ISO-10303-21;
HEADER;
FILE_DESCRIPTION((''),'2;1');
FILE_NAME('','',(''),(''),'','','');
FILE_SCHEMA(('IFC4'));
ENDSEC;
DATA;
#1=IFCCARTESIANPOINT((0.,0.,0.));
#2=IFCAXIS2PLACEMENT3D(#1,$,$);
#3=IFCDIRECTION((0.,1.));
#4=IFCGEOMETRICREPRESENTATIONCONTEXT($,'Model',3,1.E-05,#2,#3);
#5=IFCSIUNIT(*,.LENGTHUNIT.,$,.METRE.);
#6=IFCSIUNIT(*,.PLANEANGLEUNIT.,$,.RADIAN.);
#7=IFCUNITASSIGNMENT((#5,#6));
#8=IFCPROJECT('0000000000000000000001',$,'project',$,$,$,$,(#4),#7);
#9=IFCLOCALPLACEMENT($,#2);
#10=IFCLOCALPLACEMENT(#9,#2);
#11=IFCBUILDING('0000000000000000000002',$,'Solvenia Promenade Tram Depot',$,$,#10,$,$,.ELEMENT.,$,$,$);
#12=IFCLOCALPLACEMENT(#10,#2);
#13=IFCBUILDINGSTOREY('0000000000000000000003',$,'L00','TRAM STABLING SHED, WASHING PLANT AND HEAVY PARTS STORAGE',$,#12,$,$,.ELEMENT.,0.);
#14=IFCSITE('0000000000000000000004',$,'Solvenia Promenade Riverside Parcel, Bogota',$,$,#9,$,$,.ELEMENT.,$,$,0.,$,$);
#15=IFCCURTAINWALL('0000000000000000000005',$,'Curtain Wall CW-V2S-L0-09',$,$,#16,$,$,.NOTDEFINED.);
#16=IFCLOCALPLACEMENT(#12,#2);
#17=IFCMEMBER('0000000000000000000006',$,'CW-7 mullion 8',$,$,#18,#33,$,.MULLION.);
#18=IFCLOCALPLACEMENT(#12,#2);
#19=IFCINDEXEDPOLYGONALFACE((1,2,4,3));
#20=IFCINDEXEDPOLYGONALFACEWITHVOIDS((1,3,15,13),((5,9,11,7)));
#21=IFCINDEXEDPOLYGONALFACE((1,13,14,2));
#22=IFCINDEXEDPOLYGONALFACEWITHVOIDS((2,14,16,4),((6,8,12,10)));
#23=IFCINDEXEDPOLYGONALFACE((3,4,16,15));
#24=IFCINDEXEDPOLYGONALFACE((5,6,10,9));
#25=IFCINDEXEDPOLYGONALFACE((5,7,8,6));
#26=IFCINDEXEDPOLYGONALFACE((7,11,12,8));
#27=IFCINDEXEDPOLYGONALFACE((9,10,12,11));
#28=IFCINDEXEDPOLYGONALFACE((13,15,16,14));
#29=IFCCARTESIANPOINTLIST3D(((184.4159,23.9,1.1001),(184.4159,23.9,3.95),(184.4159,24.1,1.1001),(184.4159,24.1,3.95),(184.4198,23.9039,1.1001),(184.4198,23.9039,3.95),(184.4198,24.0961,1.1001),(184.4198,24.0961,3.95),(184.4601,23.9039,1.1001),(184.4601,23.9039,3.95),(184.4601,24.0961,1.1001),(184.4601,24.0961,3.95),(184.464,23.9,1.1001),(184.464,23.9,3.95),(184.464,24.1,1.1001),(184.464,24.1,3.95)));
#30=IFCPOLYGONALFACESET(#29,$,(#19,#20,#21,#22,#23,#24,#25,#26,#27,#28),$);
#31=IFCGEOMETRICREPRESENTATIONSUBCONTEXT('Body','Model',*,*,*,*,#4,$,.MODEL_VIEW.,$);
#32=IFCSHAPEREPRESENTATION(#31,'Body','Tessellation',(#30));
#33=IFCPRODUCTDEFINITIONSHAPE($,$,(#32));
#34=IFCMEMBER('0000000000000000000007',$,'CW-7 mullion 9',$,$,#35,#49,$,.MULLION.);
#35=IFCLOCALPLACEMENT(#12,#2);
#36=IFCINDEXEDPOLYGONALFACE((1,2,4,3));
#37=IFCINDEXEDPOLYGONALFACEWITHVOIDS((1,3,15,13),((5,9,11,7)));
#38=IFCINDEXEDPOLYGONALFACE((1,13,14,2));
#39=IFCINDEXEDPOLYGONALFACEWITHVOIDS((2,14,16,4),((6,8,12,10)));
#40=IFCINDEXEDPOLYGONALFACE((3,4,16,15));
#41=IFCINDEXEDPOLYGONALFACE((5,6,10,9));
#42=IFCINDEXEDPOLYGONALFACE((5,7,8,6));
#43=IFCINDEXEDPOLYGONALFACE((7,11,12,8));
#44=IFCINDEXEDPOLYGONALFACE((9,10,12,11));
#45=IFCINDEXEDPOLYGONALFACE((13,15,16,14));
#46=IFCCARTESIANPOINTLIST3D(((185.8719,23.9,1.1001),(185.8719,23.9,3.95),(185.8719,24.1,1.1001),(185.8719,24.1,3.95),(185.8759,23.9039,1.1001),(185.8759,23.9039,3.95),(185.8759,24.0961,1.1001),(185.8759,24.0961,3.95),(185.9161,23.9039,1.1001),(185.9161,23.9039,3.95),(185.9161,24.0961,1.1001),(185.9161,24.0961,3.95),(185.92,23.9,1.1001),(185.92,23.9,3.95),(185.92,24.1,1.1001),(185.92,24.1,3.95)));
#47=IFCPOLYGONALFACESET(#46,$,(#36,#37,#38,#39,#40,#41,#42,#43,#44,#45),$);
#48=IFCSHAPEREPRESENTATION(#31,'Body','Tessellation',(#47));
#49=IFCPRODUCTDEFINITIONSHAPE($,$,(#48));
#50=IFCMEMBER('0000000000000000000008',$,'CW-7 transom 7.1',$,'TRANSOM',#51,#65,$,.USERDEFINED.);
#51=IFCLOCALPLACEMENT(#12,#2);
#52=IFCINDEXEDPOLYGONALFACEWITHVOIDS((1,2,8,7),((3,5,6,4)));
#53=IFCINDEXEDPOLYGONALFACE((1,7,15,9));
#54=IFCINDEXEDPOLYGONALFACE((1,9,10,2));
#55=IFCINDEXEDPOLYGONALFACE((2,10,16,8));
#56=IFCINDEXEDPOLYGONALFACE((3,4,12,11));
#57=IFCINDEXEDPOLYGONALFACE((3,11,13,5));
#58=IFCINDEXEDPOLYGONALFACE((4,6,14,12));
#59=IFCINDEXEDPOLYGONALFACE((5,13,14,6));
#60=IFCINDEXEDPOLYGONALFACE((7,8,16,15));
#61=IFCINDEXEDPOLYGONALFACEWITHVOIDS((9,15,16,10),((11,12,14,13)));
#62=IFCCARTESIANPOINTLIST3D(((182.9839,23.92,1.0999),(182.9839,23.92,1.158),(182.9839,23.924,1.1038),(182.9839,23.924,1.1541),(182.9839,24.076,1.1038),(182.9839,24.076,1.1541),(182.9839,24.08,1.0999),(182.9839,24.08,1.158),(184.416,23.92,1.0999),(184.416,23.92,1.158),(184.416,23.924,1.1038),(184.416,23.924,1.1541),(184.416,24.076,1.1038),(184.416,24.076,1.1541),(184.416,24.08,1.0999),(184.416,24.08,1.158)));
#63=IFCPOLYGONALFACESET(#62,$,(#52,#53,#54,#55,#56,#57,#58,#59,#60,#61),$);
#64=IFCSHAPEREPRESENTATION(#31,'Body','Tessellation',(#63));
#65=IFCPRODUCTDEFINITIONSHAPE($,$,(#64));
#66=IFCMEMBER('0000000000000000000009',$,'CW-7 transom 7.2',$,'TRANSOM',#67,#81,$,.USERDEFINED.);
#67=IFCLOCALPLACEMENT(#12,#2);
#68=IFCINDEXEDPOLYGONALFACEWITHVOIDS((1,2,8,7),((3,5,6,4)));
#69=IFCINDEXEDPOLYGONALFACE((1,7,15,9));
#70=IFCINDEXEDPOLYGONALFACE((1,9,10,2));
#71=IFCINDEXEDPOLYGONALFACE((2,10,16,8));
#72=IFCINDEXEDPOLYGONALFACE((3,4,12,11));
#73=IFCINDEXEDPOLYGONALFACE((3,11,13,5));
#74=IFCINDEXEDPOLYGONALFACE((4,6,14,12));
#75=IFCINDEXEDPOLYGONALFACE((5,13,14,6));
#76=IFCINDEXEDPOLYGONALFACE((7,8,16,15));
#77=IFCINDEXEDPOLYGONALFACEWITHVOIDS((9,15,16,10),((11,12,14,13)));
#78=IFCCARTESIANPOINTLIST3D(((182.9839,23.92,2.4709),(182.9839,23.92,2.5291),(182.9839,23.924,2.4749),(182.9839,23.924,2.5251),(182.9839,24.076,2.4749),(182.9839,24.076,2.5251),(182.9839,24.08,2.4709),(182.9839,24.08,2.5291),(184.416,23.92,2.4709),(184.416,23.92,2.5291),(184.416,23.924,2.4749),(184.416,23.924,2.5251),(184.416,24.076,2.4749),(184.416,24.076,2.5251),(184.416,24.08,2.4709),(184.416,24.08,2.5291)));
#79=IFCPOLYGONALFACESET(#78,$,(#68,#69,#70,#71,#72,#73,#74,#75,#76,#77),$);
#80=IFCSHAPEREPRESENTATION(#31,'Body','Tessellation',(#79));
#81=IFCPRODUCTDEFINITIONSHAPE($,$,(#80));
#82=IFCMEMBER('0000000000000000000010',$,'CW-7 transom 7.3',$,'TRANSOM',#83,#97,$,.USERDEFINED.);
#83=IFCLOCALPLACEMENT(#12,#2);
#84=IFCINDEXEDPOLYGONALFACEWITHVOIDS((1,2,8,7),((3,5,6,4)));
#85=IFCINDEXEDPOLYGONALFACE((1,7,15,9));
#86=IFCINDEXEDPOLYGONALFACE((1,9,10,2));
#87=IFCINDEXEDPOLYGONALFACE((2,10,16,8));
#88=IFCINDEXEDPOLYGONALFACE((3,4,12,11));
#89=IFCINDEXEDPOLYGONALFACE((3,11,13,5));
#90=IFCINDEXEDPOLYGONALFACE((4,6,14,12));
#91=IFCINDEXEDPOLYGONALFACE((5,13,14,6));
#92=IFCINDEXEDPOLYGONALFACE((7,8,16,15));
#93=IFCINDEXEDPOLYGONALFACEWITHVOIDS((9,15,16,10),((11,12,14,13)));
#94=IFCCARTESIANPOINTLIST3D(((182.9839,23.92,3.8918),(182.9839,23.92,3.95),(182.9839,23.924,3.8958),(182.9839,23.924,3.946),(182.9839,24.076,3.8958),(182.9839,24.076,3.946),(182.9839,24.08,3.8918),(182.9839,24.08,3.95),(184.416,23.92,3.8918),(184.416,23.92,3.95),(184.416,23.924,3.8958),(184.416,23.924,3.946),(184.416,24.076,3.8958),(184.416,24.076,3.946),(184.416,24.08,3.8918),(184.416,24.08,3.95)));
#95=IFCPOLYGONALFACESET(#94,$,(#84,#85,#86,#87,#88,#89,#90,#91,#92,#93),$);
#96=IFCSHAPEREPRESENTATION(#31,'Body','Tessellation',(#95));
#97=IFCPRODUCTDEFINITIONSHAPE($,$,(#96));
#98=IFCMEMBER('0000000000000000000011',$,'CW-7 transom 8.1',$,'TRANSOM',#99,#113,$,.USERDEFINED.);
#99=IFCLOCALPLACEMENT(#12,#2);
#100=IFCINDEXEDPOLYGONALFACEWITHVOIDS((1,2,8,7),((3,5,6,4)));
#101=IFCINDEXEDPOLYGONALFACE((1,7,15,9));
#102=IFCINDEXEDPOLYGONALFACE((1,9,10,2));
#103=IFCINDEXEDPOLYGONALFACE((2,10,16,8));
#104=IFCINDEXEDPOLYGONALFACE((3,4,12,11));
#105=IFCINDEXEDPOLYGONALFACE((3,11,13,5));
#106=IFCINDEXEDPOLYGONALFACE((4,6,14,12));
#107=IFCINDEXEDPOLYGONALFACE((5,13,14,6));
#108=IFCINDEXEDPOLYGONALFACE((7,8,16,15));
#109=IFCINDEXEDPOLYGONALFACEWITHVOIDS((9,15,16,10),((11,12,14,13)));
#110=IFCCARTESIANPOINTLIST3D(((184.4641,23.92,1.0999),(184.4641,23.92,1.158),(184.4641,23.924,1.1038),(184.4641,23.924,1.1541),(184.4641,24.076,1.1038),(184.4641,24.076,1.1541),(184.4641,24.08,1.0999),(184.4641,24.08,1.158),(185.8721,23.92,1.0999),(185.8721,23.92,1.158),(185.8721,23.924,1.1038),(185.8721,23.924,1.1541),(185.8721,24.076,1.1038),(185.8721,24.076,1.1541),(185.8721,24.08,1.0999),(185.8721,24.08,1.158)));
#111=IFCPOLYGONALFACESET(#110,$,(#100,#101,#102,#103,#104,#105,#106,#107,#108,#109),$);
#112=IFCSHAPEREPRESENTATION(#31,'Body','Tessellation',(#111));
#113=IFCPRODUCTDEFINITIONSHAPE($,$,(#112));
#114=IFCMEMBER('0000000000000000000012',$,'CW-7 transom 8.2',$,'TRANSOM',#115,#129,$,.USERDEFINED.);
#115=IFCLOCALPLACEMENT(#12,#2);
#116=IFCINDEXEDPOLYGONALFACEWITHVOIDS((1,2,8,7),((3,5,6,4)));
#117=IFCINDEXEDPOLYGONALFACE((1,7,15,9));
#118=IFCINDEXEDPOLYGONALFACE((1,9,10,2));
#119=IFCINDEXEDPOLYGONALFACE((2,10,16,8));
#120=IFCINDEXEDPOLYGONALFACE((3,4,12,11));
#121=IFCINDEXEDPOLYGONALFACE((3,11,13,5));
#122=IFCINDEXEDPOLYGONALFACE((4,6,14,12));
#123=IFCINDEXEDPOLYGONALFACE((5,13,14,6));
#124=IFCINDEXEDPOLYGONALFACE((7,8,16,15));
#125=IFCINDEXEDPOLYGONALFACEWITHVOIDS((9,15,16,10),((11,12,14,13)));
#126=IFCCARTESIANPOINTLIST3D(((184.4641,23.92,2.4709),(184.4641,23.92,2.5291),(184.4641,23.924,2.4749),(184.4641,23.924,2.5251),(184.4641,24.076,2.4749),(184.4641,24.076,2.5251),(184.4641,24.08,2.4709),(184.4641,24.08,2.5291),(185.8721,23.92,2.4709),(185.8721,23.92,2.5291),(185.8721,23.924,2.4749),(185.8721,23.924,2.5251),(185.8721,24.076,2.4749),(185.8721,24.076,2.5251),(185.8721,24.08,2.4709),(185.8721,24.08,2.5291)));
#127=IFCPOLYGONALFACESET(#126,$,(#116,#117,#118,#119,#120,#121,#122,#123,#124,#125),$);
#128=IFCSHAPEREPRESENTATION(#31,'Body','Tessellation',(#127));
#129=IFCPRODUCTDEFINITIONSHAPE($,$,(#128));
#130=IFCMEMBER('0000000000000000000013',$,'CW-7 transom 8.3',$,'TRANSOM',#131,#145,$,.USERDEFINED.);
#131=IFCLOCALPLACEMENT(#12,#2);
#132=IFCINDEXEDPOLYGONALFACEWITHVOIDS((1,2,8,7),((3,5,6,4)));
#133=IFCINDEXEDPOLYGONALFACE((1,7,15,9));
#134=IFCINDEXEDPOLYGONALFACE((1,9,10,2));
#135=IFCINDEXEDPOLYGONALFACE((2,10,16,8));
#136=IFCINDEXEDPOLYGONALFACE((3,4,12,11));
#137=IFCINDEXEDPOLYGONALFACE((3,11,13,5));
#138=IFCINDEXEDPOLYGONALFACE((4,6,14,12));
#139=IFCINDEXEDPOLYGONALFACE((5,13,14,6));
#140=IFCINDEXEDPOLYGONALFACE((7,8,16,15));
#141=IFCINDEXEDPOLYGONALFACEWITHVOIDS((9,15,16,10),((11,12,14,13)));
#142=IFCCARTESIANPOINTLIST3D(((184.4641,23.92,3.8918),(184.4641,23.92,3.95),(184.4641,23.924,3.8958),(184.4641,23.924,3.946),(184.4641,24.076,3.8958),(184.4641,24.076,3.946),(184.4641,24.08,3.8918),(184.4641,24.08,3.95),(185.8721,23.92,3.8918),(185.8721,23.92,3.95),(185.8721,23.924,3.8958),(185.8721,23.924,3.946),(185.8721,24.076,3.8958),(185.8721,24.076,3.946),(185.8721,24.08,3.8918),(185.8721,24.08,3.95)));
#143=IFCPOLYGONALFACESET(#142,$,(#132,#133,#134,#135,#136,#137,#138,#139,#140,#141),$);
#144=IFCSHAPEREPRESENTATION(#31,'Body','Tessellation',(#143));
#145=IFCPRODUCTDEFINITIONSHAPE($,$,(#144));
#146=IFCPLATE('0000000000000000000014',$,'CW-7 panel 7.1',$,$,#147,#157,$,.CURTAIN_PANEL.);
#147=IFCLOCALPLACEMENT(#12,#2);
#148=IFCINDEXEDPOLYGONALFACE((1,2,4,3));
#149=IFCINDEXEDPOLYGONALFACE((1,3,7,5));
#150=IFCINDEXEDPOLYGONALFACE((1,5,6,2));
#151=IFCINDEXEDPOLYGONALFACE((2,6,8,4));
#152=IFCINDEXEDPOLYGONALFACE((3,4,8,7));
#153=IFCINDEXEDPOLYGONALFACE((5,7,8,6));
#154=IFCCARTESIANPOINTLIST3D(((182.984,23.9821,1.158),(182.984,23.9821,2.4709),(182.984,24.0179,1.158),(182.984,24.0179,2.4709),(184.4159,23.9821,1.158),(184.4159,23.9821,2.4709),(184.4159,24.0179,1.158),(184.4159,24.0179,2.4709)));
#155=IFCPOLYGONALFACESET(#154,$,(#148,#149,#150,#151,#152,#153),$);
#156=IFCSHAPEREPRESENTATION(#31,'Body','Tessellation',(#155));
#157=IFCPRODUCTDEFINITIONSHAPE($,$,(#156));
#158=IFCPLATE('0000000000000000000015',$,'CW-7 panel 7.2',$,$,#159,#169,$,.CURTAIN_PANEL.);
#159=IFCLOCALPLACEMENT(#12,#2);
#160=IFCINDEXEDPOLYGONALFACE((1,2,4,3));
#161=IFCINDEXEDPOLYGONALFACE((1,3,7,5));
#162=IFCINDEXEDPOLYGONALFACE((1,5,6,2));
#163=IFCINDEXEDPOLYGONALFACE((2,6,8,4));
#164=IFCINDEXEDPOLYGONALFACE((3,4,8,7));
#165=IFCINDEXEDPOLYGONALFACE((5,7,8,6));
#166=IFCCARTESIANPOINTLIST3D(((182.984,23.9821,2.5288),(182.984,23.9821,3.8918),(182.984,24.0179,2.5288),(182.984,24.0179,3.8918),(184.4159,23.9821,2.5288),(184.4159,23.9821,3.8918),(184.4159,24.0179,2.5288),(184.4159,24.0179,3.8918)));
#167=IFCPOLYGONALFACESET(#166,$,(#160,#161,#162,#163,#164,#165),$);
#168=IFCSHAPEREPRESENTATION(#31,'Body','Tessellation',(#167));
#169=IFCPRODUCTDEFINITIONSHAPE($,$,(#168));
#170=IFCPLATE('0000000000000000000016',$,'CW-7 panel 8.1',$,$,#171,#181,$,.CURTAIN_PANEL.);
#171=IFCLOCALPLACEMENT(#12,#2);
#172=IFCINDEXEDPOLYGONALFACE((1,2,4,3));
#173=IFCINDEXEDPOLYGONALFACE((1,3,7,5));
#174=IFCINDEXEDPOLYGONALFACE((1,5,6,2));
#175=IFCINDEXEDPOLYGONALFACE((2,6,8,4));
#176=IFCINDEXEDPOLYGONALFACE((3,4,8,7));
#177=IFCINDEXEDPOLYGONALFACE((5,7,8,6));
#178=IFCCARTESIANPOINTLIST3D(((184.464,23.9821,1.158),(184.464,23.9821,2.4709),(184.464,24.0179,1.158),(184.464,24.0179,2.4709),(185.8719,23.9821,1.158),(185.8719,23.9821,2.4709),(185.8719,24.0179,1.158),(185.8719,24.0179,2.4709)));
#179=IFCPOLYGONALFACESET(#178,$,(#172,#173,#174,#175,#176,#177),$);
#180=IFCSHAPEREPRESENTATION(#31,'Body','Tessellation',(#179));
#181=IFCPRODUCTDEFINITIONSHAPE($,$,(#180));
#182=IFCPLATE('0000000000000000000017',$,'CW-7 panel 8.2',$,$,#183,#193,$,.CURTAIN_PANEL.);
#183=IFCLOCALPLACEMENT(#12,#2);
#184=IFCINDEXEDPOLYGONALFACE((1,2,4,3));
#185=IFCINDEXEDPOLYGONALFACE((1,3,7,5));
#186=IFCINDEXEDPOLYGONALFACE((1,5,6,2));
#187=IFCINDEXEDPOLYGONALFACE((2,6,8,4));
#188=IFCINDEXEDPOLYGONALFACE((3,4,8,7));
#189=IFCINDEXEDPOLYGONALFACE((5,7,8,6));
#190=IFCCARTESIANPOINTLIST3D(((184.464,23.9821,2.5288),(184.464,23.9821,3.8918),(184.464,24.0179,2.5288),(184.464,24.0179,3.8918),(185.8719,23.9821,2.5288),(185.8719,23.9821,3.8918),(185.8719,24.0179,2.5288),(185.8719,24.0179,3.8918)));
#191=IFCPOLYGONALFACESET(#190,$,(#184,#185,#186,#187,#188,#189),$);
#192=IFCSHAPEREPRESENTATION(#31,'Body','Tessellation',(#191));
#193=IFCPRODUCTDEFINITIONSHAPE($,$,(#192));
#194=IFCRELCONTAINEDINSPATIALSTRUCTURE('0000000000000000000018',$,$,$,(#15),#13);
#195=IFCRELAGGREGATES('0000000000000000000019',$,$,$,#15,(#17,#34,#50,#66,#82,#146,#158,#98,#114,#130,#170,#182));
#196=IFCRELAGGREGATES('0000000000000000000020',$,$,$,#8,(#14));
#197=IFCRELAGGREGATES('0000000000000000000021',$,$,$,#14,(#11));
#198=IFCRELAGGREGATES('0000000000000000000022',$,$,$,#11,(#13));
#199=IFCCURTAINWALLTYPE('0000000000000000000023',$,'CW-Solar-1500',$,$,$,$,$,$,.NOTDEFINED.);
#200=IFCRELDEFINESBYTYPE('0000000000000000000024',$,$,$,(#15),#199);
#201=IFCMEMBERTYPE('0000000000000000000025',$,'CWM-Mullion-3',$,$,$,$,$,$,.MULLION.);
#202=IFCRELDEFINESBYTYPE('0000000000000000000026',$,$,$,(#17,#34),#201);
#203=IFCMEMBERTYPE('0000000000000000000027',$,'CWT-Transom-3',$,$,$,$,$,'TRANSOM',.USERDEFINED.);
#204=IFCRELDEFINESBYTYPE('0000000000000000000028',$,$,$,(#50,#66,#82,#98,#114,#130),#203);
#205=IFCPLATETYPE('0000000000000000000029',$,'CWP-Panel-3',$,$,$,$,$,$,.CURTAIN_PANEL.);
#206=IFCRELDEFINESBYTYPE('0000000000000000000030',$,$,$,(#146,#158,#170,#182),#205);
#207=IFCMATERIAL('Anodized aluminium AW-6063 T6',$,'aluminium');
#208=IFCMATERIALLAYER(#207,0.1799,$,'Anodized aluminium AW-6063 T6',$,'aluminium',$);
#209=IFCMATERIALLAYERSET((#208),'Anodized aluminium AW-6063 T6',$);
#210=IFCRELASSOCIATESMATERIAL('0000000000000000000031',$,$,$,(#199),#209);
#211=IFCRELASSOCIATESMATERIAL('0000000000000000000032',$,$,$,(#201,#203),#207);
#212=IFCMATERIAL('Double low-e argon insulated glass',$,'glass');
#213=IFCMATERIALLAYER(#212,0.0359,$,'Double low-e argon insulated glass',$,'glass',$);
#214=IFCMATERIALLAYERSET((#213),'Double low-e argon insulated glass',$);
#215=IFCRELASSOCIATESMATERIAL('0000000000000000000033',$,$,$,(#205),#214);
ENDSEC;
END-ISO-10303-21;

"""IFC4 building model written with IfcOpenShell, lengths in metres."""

from ifc_helpers import new_model, si_unit, direction, frame, origin, origin_2d, place, context, subcontext, project, spatial, rectangle, hollow_rectangle, extrude, material, layer, layer_set, material_profile, profile_set, type_object, element, aggregate, save


model = new_model("IFC4")

# Units and contexts
model_context = context("Model", 3, precision=1e-05, world=origin(), true_north=direction((0.0, 1.0)))
body_context = subcontext(model_context, "Body", "Model", "MODEL_VIEW")
ifc_project = project(units=[si_unit("LENGTHUNIT", "METRE"), si_unit("PLANEANGLEUNIT", "RADIAN")], contexts=[model_context])

# Site, building, storey
site_placement = place(None, origin())
site = spatial("IfcSite", under=ifc_project, at=site_placement, Name="Solvenia Promenade Riverside Parcel, Bogota", CompositionType="ELEMENT", RefElevation=0.0)
building_placement = place(site_placement, origin())
building = spatial("IfcBuilding", under=site, at=building_placement, Name="Solvenia Promenade Tram Depot", CompositionType="ELEMENT")
storey_placement = place(building_placement, origin())
storey = spatial("IfcBuildingStorey", under=building, at=storey_placement, Name="L00", Description="TRAM STABLING SHED, WASHING PLANT AND HEAVY PARTS STORAGE", CompositionType="ELEMENT", Elevation=0.0)

# Curtain wall, members, plates
ifc_material_1 = material(Name="Anodized aluminium AW-6063 T6", Category="aluminium")
ifc_layer_1 = layer(ifc_material_1, 0.1799, Name="Anodized aluminium AW-6063 T6", Category="aluminium")
ifc_layer_set_1 = layer_set([ifc_layer_1], Name="Anodized aluminium AW-6063 T6")
curtain_wall_type = type_object("IfcCurtainWallType", Name="CW-Solar-1500", PredefinedType="NOTDEFINED", material=ifc_layer_set_1)
curtain_wall_placement = place(storey_placement, origin())
curtain_wall = element("IfcCurtainWall", 1, at=curtain_wall_placement, inside=storey, type_object=curtain_wall_type, Name="Curtain Wall CW-V2S-L0-09", PredefinedType="NOTDEFINED")
ifc_material_profile_1 = material_profile(ifc_material_1, hollow_rectangle(XDim=0.2, YDim=0.0481, WallThickness=0.0039, at=origin_2d()), Name="ALU-M3", Category="aluminium")
ifc_profile_set_1 = profile_set([ifc_material_profile_1], Name="Anodized aluminium AW-6063 T6")
member_type_1 = type_object("IfcMemberType", Name="CWM-Mullion-3", PredefinedType="MULLION", material=ifc_profile_set_1)
member_1_placement = place(storey_placement, frame((184.4399, 24.0, 1.1001), z_axis=(0.0, 0.0, 1.0), x_axis=(0.0, 1.0, 0.0)))
member_1 = element("IfcMember", 2, at=member_1_placement, type_object=member_type_1, Name="CW-7 mullion 8", PredefinedType="MULLION", context=body_context, shape_type="SweptSolid", body=[
    extrude(hollow_rectangle(XDim=0.2, YDim=0.0481, WallThickness=0.0039, at=origin_2d()), origin(), (0.0, 0.0, 1.0), 2.8499),
])
member_2_placement = place(storey_placement, frame((185.896, 24.0, 1.1001), z_axis=(0.0, 0.0, 1.0), x_axis=(0.0, 1.0, 0.0)))
member_2 = element("IfcMember", 3, at=member_2_placement, type_object=member_type_1, Name="CW-7 mullion 9", PredefinedType="MULLION", context=body_context, shape_type="SweptSolid", body=[
    extrude(hollow_rectangle(XDim=0.2, YDim=0.0481, WallThickness=0.0039, at=origin_2d()), origin(), (0.0, 0.0, 1.0), 2.8499),
])
ifc_material_profile_2 = material_profile(ifc_material_1, hollow_rectangle(XDim=0.1599, YDim=0.0581, WallThickness=0.0039, at=origin_2d()), Name="ALU-T3", Category="aluminium")
ifc_profile_set_2 = profile_set([ifc_material_profile_2], Name="Anodized aluminium AW-6063 T6")
member_type_2 = type_object("IfcMemberType", Name="CWT-Transom-3", ElementType="TRANSOM", PredefinedType="USERDEFINED", material=ifc_profile_set_2)
member_3_placement = place(storey_placement, frame((182.9839, 24.0, 1.1289), z_axis=(1.0, 0.0, 0.0), x_axis=(0.0, 1.0, 0.0)))
member_3 = element("IfcMember", 4, at=member_3_placement, type_object=member_type_2, Name="CW-7 transom 7.1", ObjectType="TRANSOM", PredefinedType="USERDEFINED", context=body_context, shape_type="SweptSolid", body=[
    extrude(hollow_rectangle(XDim=0.1599, YDim=0.0581, WallThickness=0.0039, at=origin_2d()), origin(), (0.0, 0.0, 1.0), 1.4321),
])
member_4_placement = place(storey_placement, frame((182.9839, 24.0, 2.5), z_axis=(1.0, 0.0, 0.0), x_axis=(0.0, 1.0, 0.0)))
member_4 = element("IfcMember", 5, at=member_4_placement, type_object=member_type_2, Name="CW-7 transom 7.2", ObjectType="TRANSOM", PredefinedType="USERDEFINED", context=body_context, shape_type="SweptSolid", body=[
    extrude(hollow_rectangle(XDim=0.1599, YDim=0.0581, WallThickness=0.0039, at=origin_2d()), origin(), (0.0, 0.0, 1.0), 1.4321),
])
member_5_placement = place(storey_placement, frame((182.9839, 24.0, 3.9209), z_axis=(1.0, 0.0, 0.0), x_axis=(0.0, 1.0, 0.0)))
member_5 = element("IfcMember", 6, at=member_5_placement, type_object=member_type_2, Name="CW-7 transom 7.3", ObjectType="TRANSOM", PredefinedType="USERDEFINED", context=body_context, shape_type="SweptSolid", body=[
    extrude(hollow_rectangle(XDim=0.1599, YDim=0.0581, WallThickness=0.0039, at=origin_2d()), origin(), (0.0, 0.0, 1.0), 1.4321),
])
member_6_placement = place(storey_placement, frame((184.4641, 24.0, 1.1289), z_axis=(1.0, 0.0, 0.0), x_axis=(0.0, 1.0, 0.0)))
member_6 = element("IfcMember", 7, at=member_6_placement, type_object=member_type_2, Name="CW-7 transom 8.1", ObjectType="TRANSOM", PredefinedType="USERDEFINED", context=body_context, shape_type="SweptSolid", body=[
    extrude(hollow_rectangle(XDim=0.1599, YDim=0.0581, WallThickness=0.0039, at=origin_2d()), origin(), (0.0, 0.0, 1.0), 1.408),
])
member_7_placement = place(storey_placement, frame((184.4641, 24.0, 2.5), z_axis=(1.0, 0.0, 0.0), x_axis=(0.0, 1.0, 0.0)))
member_7 = element("IfcMember", 8, at=member_7_placement, type_object=member_type_2, Name="CW-7 transom 8.2", ObjectType="TRANSOM", PredefinedType="USERDEFINED", context=body_context, shape_type="SweptSolid", body=[
    extrude(hollow_rectangle(XDim=0.1599, YDim=0.0581, WallThickness=0.0039, at=origin_2d()), origin(), (0.0, 0.0, 1.0), 1.408),
])
member_8_placement = place(storey_placement, frame((184.4641, 24.0, 3.9209), z_axis=(1.0, 0.0, 0.0), x_axis=(0.0, 1.0, 0.0)))
member_8 = element("IfcMember", 9, at=member_8_placement, type_object=member_type_2, Name="CW-7 transom 8.3", ObjectType="TRANSOM", PredefinedType="USERDEFINED", context=body_context, shape_type="SweptSolid", body=[
    extrude(hollow_rectangle(XDim=0.1599, YDim=0.0581, WallThickness=0.0039, at=origin_2d()), origin(), (0.0, 0.0, 1.0), 1.408),
])
ifc_material_2 = material(Name="Double low-e argon insulated glass", Category="glass")
ifc_layer_2 = layer(ifc_material_2, 0.0359, Name="Double low-e argon insulated glass", Category="glass")
ifc_layer_set_2 = layer_set([ifc_layer_2], Name="Double low-e argon insulated glass")
plate_type = type_object("IfcPlateType", Name="CWP-Panel-3", PredefinedType="CURTAIN_PANEL", material=ifc_layer_set_2)
plate_1_placement = place(storey_placement, frame((183.7, 24.0, 1.158), z_axis=(0.0, 0.0, 1.0), x_axis=(1.0, 0.0, 0.0)))
plate_1 = element("IfcPlate", 10, at=plate_1_placement, type_object=plate_type, Name="CW-7 panel 7.1", PredefinedType="CURTAIN_PANEL", context=body_context, shape_type="SweptSolid", body=[
    extrude(rectangle(XDim=1.4319, YDim=0.0359, at=origin_2d()), origin(), (0.0, 0.0, 1.0), 1.313),
])
plate_2_placement = place(storey_placement, frame((183.7, 24.0, 2.5288), z_axis=(0.0, 0.0, 1.0), x_axis=(1.0, 0.0, 0.0)))
plate_2 = element("IfcPlate", 11, at=plate_2_placement, type_object=plate_type, Name="CW-7 panel 7.2", PredefinedType="CURTAIN_PANEL", context=body_context, shape_type="SweptSolid", body=[
    extrude(rectangle(XDim=1.4319, YDim=0.0359, at=origin_2d()), origin(), (0.0, 0.0, 1.0), 1.363),
])
plate_3_placement = place(storey_placement, frame((185.168, 24.0, 1.158), z_axis=(0.0, 0.0, 1.0), x_axis=(1.0, 0.0, 0.0)))
plate_3 = element("IfcPlate", 12, at=plate_3_placement, type_object=plate_type, Name="CW-7 panel 8.1", PredefinedType="CURTAIN_PANEL", context=body_context, shape_type="SweptSolid", body=[
    extrude(rectangle(XDim=1.408, YDim=0.0359, at=origin_2d()), origin(), (0.0, 0.0, 1.0), 1.313),
])
plate_4_placement = place(storey_placement, frame((185.168, 24.0, 2.5288), z_axis=(0.0, 0.0, 1.0), x_axis=(1.0, 0.0, 0.0)))
plate_4 = element("IfcPlate", 13, at=plate_4_placement, type_object=plate_type, Name="CW-7 panel 8.2", PredefinedType="CURTAIN_PANEL", context=body_context, shape_type="SweptSolid", body=[
    extrude(rectangle(XDim=1.408, YDim=0.0359, at=origin_2d()), origin(), (0.0, 0.0, 1.0), 1.363),
])
aggregate(curtain_wall, [member_1, member_2, member_3, member_4, member_5, plate_1, plate_2, member_6, member_7, member_8, plate_3, plate_4])

save(model, "model.ifc")
